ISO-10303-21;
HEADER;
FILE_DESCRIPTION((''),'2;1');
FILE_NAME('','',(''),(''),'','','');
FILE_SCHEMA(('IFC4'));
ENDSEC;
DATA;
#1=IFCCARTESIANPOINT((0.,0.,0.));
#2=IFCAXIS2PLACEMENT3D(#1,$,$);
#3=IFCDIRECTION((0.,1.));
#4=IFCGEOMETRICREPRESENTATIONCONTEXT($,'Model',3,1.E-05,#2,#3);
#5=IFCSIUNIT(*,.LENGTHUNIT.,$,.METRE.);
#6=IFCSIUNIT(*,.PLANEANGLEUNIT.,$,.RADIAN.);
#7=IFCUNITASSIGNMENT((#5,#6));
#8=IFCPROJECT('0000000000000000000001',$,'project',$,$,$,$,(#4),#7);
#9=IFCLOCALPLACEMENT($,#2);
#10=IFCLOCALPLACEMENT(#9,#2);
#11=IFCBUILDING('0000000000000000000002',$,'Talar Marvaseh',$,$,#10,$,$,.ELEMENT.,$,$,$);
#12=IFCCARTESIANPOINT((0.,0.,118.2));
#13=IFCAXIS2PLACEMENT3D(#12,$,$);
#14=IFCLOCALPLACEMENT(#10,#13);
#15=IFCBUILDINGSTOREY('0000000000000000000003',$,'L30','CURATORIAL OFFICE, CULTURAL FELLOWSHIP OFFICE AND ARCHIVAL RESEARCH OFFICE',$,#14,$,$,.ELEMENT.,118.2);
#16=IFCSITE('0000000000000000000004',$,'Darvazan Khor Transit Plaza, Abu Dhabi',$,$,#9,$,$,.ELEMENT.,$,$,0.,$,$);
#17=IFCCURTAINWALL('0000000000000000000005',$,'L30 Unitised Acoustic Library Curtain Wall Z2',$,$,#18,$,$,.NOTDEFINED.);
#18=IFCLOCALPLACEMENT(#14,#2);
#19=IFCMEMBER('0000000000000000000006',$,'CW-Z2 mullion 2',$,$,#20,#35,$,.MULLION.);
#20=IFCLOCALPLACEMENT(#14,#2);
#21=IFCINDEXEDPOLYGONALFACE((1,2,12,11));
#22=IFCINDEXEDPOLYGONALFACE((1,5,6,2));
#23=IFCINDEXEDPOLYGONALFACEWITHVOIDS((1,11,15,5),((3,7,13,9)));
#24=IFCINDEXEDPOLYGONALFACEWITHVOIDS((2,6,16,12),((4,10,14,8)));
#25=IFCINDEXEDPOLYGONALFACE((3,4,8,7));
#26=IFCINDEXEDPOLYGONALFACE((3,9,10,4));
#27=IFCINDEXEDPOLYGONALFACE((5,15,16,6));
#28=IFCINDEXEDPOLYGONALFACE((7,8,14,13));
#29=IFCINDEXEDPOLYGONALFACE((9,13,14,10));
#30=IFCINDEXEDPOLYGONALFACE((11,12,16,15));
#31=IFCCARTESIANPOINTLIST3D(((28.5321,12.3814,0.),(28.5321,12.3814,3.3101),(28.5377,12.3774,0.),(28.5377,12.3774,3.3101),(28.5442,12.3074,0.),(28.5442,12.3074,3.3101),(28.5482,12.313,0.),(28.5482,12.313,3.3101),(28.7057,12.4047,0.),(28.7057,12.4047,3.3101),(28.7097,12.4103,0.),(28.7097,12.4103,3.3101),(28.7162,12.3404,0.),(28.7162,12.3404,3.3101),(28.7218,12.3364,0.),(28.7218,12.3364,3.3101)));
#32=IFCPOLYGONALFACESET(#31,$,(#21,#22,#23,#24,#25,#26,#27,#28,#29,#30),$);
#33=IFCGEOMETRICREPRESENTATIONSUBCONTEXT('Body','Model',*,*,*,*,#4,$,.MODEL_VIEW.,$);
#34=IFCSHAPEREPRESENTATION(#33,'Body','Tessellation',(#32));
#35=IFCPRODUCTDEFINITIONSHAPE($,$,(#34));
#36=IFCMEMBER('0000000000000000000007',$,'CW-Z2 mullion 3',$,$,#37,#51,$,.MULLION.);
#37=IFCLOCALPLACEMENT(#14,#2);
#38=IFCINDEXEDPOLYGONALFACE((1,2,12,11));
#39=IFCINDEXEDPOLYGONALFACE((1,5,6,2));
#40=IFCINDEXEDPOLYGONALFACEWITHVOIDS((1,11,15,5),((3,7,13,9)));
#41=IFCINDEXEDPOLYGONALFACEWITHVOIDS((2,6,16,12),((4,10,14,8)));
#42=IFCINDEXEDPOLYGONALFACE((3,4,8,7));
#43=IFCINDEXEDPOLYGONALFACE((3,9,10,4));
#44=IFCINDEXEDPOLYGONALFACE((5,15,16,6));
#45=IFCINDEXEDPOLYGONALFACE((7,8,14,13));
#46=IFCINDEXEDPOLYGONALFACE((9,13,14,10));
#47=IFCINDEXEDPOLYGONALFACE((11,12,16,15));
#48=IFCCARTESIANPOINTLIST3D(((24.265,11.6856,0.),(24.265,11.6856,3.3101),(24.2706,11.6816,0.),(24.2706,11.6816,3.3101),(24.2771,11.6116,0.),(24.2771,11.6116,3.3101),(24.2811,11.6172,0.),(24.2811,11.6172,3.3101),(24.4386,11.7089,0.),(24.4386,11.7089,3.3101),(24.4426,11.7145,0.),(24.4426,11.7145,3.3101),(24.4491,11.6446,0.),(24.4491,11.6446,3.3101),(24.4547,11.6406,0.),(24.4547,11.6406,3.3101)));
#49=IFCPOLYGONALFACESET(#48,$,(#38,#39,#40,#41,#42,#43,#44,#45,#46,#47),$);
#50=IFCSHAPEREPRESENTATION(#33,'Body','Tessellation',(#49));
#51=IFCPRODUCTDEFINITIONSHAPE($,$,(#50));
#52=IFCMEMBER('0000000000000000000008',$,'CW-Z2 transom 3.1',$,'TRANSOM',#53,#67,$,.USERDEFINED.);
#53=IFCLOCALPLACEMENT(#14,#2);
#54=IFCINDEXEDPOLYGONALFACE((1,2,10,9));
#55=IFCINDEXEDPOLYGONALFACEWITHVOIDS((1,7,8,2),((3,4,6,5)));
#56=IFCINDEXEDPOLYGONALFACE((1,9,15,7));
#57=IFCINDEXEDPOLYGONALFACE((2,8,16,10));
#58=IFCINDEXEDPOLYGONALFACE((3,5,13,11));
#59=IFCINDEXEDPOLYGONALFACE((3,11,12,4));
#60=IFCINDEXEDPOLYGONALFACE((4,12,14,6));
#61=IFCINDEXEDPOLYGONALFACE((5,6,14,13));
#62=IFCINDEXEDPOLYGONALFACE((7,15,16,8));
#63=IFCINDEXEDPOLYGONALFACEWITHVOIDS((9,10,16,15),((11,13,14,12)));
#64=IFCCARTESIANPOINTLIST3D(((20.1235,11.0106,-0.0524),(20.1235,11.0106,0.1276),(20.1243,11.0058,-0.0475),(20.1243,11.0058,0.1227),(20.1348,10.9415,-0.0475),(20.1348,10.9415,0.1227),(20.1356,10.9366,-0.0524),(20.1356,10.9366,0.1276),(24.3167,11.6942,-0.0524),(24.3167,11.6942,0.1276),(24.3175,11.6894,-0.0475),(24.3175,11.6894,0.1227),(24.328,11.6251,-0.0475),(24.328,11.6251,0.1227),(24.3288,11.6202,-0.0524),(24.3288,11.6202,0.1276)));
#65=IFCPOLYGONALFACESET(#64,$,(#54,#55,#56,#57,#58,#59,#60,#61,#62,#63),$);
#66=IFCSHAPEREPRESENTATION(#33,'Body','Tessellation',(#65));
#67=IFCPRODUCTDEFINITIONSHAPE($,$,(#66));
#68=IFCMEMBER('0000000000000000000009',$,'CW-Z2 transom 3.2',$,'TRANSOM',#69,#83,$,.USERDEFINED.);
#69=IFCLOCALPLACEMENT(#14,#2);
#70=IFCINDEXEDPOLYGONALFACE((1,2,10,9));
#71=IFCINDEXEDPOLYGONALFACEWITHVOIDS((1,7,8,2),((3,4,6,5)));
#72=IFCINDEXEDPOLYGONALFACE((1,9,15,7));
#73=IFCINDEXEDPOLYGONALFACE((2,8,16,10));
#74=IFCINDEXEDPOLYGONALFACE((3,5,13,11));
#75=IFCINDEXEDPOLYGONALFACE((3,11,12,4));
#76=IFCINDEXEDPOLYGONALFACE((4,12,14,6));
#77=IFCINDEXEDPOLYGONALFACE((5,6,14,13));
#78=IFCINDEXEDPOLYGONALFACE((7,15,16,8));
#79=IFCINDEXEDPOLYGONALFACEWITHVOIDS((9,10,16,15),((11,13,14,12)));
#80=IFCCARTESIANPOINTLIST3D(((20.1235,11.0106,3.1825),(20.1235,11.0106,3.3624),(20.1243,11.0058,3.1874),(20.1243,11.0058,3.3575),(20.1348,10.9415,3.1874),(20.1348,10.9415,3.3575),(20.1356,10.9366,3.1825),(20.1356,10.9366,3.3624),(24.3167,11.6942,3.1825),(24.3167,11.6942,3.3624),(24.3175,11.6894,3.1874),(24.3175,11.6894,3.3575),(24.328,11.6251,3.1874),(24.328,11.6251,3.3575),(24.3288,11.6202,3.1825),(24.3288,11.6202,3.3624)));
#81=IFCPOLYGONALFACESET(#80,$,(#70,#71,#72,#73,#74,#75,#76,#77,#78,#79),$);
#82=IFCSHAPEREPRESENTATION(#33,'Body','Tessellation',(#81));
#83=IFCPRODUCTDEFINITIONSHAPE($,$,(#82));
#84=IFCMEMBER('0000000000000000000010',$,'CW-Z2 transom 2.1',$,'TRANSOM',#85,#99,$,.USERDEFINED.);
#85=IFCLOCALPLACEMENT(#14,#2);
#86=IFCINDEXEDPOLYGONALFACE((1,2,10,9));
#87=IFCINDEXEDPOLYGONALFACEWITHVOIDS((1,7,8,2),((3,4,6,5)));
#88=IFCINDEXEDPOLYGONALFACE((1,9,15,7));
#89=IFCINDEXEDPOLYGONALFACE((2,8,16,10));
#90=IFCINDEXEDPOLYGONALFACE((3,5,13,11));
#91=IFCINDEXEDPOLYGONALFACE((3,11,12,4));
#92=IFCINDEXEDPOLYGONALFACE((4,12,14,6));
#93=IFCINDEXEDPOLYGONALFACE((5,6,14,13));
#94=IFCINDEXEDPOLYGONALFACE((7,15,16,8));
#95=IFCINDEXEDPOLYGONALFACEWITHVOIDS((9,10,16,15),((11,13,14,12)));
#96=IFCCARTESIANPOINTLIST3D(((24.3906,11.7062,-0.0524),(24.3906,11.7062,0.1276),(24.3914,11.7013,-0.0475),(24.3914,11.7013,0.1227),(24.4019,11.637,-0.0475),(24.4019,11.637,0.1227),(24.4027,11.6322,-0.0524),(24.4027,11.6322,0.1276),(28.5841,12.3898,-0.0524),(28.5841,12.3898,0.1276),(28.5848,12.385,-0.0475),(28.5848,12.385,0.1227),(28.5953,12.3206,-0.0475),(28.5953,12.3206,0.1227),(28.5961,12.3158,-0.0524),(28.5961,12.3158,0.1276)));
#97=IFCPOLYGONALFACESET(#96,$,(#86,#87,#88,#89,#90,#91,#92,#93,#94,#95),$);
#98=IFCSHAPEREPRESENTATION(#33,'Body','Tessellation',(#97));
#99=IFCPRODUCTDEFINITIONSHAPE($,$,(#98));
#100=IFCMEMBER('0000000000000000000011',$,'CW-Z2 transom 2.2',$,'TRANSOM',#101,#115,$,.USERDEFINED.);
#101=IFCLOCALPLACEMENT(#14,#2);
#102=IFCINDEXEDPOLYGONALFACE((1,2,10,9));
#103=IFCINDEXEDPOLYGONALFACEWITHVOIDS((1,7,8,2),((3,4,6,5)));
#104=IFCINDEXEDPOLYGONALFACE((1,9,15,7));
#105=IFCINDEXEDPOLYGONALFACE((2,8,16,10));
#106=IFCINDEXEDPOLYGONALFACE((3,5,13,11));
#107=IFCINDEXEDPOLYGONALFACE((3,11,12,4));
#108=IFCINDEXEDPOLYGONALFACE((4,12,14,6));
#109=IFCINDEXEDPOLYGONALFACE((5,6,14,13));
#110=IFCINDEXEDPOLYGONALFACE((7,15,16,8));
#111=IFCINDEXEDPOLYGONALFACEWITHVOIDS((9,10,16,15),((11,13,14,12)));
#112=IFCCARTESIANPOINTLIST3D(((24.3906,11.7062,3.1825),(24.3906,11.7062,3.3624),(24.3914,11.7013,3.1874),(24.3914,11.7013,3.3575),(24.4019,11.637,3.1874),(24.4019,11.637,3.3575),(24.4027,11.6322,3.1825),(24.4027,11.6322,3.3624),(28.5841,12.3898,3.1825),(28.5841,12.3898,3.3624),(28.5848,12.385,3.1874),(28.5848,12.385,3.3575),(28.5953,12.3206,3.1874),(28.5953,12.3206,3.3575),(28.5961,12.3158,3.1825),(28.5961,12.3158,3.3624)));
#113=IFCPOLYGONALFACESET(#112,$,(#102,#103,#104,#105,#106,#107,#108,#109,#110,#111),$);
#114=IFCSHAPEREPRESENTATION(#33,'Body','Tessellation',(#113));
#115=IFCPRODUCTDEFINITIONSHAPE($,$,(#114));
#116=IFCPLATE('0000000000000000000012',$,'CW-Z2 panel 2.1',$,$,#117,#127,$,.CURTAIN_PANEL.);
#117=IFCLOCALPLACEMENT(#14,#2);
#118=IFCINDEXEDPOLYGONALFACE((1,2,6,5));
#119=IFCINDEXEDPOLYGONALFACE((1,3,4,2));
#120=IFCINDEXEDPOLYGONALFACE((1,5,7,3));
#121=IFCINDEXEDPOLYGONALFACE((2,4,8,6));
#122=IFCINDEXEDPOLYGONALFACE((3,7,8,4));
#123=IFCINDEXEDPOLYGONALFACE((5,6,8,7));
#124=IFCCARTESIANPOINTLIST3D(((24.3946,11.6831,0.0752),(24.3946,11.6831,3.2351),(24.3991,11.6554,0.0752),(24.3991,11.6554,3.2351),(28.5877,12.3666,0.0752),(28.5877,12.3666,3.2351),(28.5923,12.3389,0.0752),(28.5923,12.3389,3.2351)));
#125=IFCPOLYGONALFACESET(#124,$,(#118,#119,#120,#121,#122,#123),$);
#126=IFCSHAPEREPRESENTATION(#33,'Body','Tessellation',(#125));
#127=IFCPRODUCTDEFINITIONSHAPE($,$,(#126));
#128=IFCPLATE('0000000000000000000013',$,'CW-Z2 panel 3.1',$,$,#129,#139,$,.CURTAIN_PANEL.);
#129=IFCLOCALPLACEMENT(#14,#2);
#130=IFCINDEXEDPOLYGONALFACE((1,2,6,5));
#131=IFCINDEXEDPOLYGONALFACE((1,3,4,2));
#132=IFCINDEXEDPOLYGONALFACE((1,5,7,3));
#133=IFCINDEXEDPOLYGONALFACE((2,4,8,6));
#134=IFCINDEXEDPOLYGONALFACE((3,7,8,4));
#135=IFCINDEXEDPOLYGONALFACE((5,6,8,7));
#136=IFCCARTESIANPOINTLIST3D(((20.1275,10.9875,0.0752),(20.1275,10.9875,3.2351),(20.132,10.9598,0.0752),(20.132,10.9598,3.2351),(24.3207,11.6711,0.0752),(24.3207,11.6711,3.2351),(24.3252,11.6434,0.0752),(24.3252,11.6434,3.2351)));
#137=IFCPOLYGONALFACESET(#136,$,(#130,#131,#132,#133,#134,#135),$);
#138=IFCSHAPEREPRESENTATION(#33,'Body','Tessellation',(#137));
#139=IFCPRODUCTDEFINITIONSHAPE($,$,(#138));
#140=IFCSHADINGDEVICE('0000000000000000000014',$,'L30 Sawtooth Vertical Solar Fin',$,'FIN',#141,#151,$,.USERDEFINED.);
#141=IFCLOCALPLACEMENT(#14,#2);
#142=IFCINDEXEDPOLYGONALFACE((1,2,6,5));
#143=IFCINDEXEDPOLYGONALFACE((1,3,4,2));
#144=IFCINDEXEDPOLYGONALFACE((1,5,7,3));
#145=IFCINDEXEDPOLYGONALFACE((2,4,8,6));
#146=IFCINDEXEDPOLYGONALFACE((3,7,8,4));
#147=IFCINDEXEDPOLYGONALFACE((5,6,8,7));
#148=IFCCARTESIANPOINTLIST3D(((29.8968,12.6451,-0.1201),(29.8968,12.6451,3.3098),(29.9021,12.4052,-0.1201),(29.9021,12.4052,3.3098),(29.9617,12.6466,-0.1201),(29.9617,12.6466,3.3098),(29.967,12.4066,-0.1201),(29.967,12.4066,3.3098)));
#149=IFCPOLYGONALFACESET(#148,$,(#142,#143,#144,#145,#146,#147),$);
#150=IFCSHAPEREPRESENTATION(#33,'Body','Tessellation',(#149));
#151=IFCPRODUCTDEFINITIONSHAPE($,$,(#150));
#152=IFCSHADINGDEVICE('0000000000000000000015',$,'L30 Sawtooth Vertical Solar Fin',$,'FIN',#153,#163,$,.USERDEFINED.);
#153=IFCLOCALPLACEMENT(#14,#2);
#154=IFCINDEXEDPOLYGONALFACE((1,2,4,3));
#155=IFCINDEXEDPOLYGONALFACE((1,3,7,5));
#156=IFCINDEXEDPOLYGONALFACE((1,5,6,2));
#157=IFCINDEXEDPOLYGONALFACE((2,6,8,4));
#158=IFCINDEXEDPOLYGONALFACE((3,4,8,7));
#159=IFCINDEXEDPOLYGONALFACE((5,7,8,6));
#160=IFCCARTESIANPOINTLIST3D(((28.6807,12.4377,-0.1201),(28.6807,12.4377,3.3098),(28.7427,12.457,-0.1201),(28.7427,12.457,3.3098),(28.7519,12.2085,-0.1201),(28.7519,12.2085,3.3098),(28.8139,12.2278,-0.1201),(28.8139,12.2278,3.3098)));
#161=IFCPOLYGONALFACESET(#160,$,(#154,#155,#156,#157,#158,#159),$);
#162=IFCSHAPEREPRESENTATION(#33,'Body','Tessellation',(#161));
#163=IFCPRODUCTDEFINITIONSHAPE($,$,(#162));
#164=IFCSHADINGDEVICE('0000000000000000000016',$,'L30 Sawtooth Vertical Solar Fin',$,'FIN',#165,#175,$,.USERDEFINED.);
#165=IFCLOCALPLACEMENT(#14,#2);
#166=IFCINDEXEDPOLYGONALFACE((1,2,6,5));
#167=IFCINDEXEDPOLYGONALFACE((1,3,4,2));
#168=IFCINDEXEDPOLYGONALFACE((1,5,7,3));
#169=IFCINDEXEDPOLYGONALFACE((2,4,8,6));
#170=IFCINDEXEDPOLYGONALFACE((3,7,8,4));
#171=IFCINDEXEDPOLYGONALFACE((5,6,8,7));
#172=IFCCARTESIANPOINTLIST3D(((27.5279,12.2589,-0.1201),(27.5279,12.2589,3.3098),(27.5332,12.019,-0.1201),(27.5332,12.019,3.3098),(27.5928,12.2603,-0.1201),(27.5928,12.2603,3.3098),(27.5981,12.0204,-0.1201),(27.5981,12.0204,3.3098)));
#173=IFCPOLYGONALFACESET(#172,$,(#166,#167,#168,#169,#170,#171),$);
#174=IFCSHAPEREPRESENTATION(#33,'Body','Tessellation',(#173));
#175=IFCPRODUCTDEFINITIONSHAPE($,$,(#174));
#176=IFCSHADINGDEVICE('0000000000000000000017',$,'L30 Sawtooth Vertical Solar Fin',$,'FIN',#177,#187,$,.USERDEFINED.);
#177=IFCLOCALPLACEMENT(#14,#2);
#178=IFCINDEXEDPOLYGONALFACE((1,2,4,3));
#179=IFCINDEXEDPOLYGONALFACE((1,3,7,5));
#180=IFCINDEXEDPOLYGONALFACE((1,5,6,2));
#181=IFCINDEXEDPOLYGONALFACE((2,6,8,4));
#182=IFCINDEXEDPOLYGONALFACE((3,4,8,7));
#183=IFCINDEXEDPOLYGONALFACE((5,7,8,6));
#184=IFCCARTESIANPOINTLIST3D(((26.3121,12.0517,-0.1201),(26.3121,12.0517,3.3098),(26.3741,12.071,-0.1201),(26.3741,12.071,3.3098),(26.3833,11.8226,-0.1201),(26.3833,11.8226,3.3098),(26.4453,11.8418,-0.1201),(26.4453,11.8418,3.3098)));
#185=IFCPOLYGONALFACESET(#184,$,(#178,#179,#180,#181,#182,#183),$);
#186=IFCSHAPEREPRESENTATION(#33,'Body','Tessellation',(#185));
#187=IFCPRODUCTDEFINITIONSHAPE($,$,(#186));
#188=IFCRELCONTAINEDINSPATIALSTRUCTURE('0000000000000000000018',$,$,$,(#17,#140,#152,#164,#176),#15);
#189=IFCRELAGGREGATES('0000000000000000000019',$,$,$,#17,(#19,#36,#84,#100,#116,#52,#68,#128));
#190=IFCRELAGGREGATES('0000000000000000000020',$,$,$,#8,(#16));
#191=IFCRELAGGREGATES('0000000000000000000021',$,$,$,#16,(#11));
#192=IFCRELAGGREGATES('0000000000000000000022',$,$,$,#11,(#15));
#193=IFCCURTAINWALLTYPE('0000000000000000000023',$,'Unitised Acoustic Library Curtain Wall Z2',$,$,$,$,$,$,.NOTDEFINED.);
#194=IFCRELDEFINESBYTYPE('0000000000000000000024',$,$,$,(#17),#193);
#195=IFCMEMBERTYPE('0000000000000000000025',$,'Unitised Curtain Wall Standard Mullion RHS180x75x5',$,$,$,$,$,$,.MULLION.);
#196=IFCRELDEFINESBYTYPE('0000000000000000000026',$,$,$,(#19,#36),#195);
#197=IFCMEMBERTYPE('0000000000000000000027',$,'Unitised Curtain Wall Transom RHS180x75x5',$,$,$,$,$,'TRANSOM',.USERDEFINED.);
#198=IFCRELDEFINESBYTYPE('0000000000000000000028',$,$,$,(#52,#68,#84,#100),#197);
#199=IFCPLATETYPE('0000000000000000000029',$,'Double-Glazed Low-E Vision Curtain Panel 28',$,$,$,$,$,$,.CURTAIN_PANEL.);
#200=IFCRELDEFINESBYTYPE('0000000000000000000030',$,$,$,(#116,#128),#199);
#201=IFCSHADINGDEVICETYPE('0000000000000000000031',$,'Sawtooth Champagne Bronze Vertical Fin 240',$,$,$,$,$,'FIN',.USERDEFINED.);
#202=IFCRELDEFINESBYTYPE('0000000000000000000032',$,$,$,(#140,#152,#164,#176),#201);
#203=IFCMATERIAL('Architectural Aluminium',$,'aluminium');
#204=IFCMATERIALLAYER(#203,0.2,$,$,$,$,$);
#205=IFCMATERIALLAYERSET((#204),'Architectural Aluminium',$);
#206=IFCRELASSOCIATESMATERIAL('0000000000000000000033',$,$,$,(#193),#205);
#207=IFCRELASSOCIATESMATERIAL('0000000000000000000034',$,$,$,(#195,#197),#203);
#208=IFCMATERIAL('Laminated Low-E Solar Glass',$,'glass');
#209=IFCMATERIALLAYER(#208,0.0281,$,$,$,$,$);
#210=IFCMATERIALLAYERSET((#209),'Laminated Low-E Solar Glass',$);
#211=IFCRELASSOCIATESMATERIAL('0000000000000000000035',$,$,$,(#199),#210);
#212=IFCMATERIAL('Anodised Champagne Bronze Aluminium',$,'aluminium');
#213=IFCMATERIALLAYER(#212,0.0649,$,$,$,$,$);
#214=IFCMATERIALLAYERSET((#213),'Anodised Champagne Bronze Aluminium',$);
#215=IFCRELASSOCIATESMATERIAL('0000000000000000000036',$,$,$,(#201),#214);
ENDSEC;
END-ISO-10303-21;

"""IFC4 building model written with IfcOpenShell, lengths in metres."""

from ifc_helpers import new_model, si_unit, direction, frame, origin, origin_2d, place, context, subcontext, project, spatial, rectangle, hollow_rectangle, extrude, source, transform, mapped, material, layer, layer_set, material_profile, profile_set, type_object, type_shapes, element, aggregate, save


model = new_model("IFC4")

# Units and contexts
model_context = context("Model", 3, precision=1e-05, world=origin(), true_north=direction((0.0, 1.0)))
body_context = subcontext(model_context, "Body", "Model", "MODEL_VIEW")
ifc_project = project(units=[si_unit("LENGTHUNIT", "METRE"), si_unit("PLANEANGLEUNIT", "RADIAN")], contexts=[model_context])

# Site, building, storey
site_placement = place(None, origin())
site = spatial("IfcSite", under=ifc_project, at=site_placement, Name="Darvazan Khor Transit Plaza, Abu Dhabi", CompositionType="ELEMENT", RefElevation=0.0)
building_placement = place(site_placement, origin())
building = spatial("IfcBuilding", under=site, at=building_placement, Name="Talar Marvaseh", CompositionType="ELEMENT")
storey_placement = place(building_placement, frame((0.0, 0.0, 118.2)))
storey = spatial("IfcBuildingStorey", under=building, at=storey_placement, Name="L30", Description="CURATORIAL OFFICE, CULTURAL FELLOWSHIP OFFICE AND ARCHIVAL RESEARCH OFFICE", CompositionType="ELEMENT", Elevation=118.2)

# Curtain wall, members, plates
ifc_material_1 = material(Name="Architectural Aluminium", Category="aluminium")
ifc_layer_1 = layer(ifc_material_1, 0.2)
ifc_layer_set_1 = layer_set([ifc_layer_1], Name="Architectural Aluminium")
curtain_wall_type = type_object("IfcCurtainWallType", Name="Unitised Acoustic Library Curtain Wall Z2", PredefinedType="NOTDEFINED", material=ifc_layer_set_1)
curtain_wall_placement = place(storey_placement, origin())
curtain_wall = element("IfcCurtainWall", 1, at=curtain_wall_placement, inside=storey, type_object=curtain_wall_type, Name="L30 Unitised Acoustic Library Curtain Wall Z2", PredefinedType="NOTDEFINED")
ifc_material_profile_1 = material_profile(ifc_material_1, hollow_rectangle(XDim=0.075, YDim=0.1799, WallThickness=0.0049, at=origin_2d()), Name="RHS180x75x5")
ifc_profile_set_1 = profile_set([ifc_material_profile_1], Name="Architectural Aluminium")
member_type_1 = type_object("IfcMemberType", Name="Unitised Curtain Wall Standard Mullion RHS180x75x5", PredefinedType="MULLION", material=ifc_profile_set_1)
shared_shape_1 = source(origin(), body_context, "Body", "SweptSolid", [
    extrude(hollow_rectangle(XDim=0.075, YDim=0.1799, WallThickness=0.0049, at=origin_2d()), origin(), (0.0, 0.0, 1.0), 3.3101),
])
type_shapes(member_type_1, [shared_shape_1])
member_1_placement = place(storey_placement, frame((28.627, 12.3589, 0.0), z_axis=(0.0, 0.0, 1.0), x_axis=(0.160892, -0.986972, 0.0)))
member_1 = element("IfcMember", 2, at=member_1_placement, type_object=member_type_1, Name="CW-Z2 mullion 2", PredefinedType="MULLION", context=body_context, shape_type="MappedRepresentation", body=[
    mapped(shared_shape_1, transform((0.0, 0.0, 0.0), x_axis=(1.0, 0.0, 0.0), y_axis=(0.0, 1.0, 0.0), z_axis=(0.0, 0.0, 1.0), scale=1.0)),
])
member_2_placement = place(storey_placement, frame((24.3599, 11.6631, 0.0), z_axis=(0.0, 0.0, 1.0), x_axis=(0.160892, -0.986972, 0.0)))
member_2 = element("IfcMember", 3, at=member_2_placement, type_object=member_type_1, Name="CW-Z2 mullion 3", PredefinedType="MULLION", context=body_context, shape_type="MappedRepresentation", body=[
    mapped(shared_shape_1, transform((0.0, 0.0, 0.0), x_axis=(1.0, 0.0, 0.0), y_axis=(0.0, 1.0, 0.0), z_axis=(0.0, 0.0, 1.0), scale=1.0)),
])
ifc_material_profile_2 = material_profile(ifc_material_1, hollow_rectangle(XDim=0.075, YDim=0.1799, WallThickness=0.0049, at=origin_2d()), Name="RHS180x75x5")
ifc_profile_set_2 = profile_set([ifc_material_profile_2], Name="Architectural Aluminium")
member_type_2 = type_object("IfcMemberType", Name="Unitised Curtain Wall Transom RHS180x75x5", ElementType="TRANSOM", PredefinedType="USERDEFINED", material=ifc_profile_set_2)
shared_shape_2 = source(origin(), body_context, "Body", "SweptSolid", [
    extrude(hollow_rectangle(XDim=0.075, YDim=0.1799, WallThickness=0.0049, at=origin_2d()), origin(), (0.0, 0.0, 1.0), 4.2485),
])
member_3_placement = place(storey_placement, frame((24.3228, 11.6572, 0.0376), z_axis=(-0.98697, -0.160903, 0.0), x_axis=(0.160903, -0.98697, 0.0)))
member_3 = element("IfcMember", 4, at=member_3_placement, type_object=member_type_2, Name="CW-Z2 transom 3.1", ObjectType="TRANSOM", PredefinedType="USERDEFINED", context=body_context, shape_type="MappedRepresentation", body=[
    mapped(shared_shape_2, transform((0.0, 0.0, 0.0), x_axis=(1.0, 0.0, 0.0), y_axis=(0.0, 1.0, 0.0), z_axis=(0.0, 0.0, 1.0), scale=1.0)),
])
member_4_placement = place(storey_placement, frame((24.3228, 11.6572, 3.2725), z_axis=(-0.98697, -0.160903, 0.0), x_axis=(0.160903, -0.98697, 0.0)))
member_4 = element("IfcMember", 5, at=member_4_placement, type_object=member_type_2, Name="CW-Z2 transom 3.2", ObjectType="TRANSOM", PredefinedType="USERDEFINED", context=body_context, shape_type="MappedRepresentation", body=[
    mapped(shared_shape_2, transform((0.0, 0.0, 0.0), x_axis=(1.0, 0.0, 0.0), y_axis=(0.0, 1.0, 0.0), z_axis=(0.0, 0.0, 1.0), scale=1.0)),
])
shared_shape_3 = source(origin(), body_context, "Body", "SweptSolid", [
    extrude(hollow_rectangle(XDim=0.075, YDim=0.1799, WallThickness=0.0049, at=origin_2d()), origin(), (0.0, 0.0, 1.0), 4.2488),
])
type_shapes(member_type_2, [shared_shape_2, shared_shape_3])
member_5_placement = place(storey_placement, frame((28.5901, 12.3528, 0.0376), z_axis=(-0.986972, -0.160894, 0.0), x_axis=(0.160894, -0.986972, 0.0)))
member_5 = element("IfcMember", 6, at=member_5_placement, type_object=member_type_2, Name="CW-Z2 transom 2.1", ObjectType="TRANSOM", PredefinedType="USERDEFINED", context=body_context, shape_type="MappedRepresentation", body=[
    mapped(shared_shape_3, transform((0.0, 0.0, 0.0), x_axis=(1.0, 0.0, 0.0), y_axis=(0.0, 1.0, 0.0), z_axis=(0.0, 0.0, 1.0), scale=1.0)),
])
member_6_placement = place(storey_placement, frame((28.5901, 12.3528, 3.2725), z_axis=(-0.986972, -0.160894, 0.0), x_axis=(0.160894, -0.986972, 0.0)))
member_6 = element("IfcMember", 7, at=member_6_placement, type_object=member_type_2, Name="CW-Z2 transom 2.2", ObjectType="TRANSOM", PredefinedType="USERDEFINED", context=body_context, shape_type="MappedRepresentation", body=[
    mapped(shared_shape_3, transform((0.0, 0.0, 0.0), x_axis=(1.0, 0.0, 0.0), y_axis=(0.0, 1.0, 0.0), z_axis=(0.0, 0.0, 1.0), scale=1.0)),
])
ifc_material_2 = material(Name="Laminated Low-E Solar Glass", Category="glass")
ifc_layer_2 = layer(ifc_material_2, 0.0281)
ifc_layer_set_2 = layer_set([ifc_layer_2], Name="Laminated Low-E Solar Glass")
plate_type = type_object("IfcPlateType", Name="Double-Glazed Low-E Vision Curtain Panel 28", PredefinedType="CURTAIN_PANEL", material=ifc_layer_set_2)
shared_shape_4 = source(origin(), body_context, "Body", "SweptSolid", [
    extrude(rectangle(XDim=4.2485, YDim=0.0281, at=origin_2d()), origin(), (0.0, 0.0, 1.0), 3.1599),
])
type_shapes(plate_type, [shared_shape_4])
plate_1_placement = place(storey_placement, frame((26.4934, 12.011, 0.0752), z_axis=(0.0, 0.0, 1.0), x_axis=(-0.986972, -0.160892, 0.0)))
plate_1 = element("IfcPlate", 8, at=plate_1_placement, type_object=plate_type, Name="CW-Z2 panel 2.1", PredefinedType="CURTAIN_PANEL", context=body_context, shape_type="MappedRepresentation", body=[
    mapped(shared_shape_4, transform((0.0, 0.0, 0.0), x_axis=(1.0, 0.0, 0.0), y_axis=(0.0, 1.0, 0.0), z_axis=(0.0, 0.0, 1.0), scale=1.0)),
])
plate_2_placement = place(storey_placement, frame((22.2263, 11.3154, 0.0752), z_axis=(0.0, 0.0, 1.0), x_axis=(-0.986972, -0.160892, 0.0)))
plate_2 = element("IfcPlate", 9, at=plate_2_placement, type_object=plate_type, Name="CW-Z2 panel 3.1", PredefinedType="CURTAIN_PANEL", context=body_context, shape_type="MappedRepresentation", body=[
    mapped(shared_shape_4, transform((0.0, 0.0, 0.0), x_axis=(1.0, 0.0, 0.0), y_axis=(0.0, 1.0, 0.0), z_axis=(0.0, 0.0, 1.0), scale=1.0)),
])
aggregate(curtain_wall, [member_1, member_2, member_5, member_6, plate_1, member_3, member_4, plate_2])

# Shading devices
ifc_material_3 = material(Name="Anodised Champagne Bronze Aluminium", Category="aluminium")
ifc_layer_3 = layer(ifc_material_3, 0.0649)
ifc_layer_set_3 = layer_set([ifc_layer_3], Name="Anodised Champagne Bronze Aluminium")
shading_device_type = type_object("IfcShadingDeviceType", Name="Sawtooth Champagne Bronze Vertical Fin 240", ElementType="FIN", PredefinedType="USERDEFINED", material=ifc_layer_set_3)
shared_shape_5 = source(origin(), body_context, "Body", "SweptSolid", [
    extrude(rectangle(XDim=0.24, YDim=0.0649, at=origin_2d()), origin(), (0.0, 0.0, 1.0), 3.4299),
])
type_shapes(shading_device_type, [shared_shape_5])
for number, where, z_axis, x_axis, name in (
    (10, (29.9319, 12.5259, -0.1201), (0.0, 0.0, 1.0), (0.021989, -0.999758, 0.0), "L30 Sawtooth Vertical Solar Fin"),
    (11, (28.7473, 12.3328, -0.1201), (0.0, 0.0, 1.0), (0.296708, -0.954968, 0.0), "L30 Sawtooth Vertical Solar Fin"),
    (12, (27.563, 12.1396, -0.1201), (0.0, 0.0, 1.0), (0.021989, -0.999758, 0.0), "L30 Sawtooth Vertical Solar Fin"),
    (13, (26.3787, 11.9468, -0.1201), (0.0, 0.0, 1.0), (0.296708, -0.954968, 0.0), "L30 Sawtooth Vertical Solar Fin"),
):
    element("IfcShadingDevice", number, at=place(storey_placement, frame(where, z_axis=z_axis, x_axis=x_axis)), inside=storey, type_object=shading_device_type, Name=name, ObjectType="FIN", PredefinedType="USERDEFINED", context=body_context, shape_type="MappedRepresentation", body=[
        mapped(shared_shape_5, transform((0.0, 0.0, 0.0), x_axis=(1.0, 0.0, 0.0), y_axis=(0.0, 1.0, 0.0), z_axis=(0.0, 0.0, 1.0), scale=1.0)),
    ])

save(model, "model.ifc")
